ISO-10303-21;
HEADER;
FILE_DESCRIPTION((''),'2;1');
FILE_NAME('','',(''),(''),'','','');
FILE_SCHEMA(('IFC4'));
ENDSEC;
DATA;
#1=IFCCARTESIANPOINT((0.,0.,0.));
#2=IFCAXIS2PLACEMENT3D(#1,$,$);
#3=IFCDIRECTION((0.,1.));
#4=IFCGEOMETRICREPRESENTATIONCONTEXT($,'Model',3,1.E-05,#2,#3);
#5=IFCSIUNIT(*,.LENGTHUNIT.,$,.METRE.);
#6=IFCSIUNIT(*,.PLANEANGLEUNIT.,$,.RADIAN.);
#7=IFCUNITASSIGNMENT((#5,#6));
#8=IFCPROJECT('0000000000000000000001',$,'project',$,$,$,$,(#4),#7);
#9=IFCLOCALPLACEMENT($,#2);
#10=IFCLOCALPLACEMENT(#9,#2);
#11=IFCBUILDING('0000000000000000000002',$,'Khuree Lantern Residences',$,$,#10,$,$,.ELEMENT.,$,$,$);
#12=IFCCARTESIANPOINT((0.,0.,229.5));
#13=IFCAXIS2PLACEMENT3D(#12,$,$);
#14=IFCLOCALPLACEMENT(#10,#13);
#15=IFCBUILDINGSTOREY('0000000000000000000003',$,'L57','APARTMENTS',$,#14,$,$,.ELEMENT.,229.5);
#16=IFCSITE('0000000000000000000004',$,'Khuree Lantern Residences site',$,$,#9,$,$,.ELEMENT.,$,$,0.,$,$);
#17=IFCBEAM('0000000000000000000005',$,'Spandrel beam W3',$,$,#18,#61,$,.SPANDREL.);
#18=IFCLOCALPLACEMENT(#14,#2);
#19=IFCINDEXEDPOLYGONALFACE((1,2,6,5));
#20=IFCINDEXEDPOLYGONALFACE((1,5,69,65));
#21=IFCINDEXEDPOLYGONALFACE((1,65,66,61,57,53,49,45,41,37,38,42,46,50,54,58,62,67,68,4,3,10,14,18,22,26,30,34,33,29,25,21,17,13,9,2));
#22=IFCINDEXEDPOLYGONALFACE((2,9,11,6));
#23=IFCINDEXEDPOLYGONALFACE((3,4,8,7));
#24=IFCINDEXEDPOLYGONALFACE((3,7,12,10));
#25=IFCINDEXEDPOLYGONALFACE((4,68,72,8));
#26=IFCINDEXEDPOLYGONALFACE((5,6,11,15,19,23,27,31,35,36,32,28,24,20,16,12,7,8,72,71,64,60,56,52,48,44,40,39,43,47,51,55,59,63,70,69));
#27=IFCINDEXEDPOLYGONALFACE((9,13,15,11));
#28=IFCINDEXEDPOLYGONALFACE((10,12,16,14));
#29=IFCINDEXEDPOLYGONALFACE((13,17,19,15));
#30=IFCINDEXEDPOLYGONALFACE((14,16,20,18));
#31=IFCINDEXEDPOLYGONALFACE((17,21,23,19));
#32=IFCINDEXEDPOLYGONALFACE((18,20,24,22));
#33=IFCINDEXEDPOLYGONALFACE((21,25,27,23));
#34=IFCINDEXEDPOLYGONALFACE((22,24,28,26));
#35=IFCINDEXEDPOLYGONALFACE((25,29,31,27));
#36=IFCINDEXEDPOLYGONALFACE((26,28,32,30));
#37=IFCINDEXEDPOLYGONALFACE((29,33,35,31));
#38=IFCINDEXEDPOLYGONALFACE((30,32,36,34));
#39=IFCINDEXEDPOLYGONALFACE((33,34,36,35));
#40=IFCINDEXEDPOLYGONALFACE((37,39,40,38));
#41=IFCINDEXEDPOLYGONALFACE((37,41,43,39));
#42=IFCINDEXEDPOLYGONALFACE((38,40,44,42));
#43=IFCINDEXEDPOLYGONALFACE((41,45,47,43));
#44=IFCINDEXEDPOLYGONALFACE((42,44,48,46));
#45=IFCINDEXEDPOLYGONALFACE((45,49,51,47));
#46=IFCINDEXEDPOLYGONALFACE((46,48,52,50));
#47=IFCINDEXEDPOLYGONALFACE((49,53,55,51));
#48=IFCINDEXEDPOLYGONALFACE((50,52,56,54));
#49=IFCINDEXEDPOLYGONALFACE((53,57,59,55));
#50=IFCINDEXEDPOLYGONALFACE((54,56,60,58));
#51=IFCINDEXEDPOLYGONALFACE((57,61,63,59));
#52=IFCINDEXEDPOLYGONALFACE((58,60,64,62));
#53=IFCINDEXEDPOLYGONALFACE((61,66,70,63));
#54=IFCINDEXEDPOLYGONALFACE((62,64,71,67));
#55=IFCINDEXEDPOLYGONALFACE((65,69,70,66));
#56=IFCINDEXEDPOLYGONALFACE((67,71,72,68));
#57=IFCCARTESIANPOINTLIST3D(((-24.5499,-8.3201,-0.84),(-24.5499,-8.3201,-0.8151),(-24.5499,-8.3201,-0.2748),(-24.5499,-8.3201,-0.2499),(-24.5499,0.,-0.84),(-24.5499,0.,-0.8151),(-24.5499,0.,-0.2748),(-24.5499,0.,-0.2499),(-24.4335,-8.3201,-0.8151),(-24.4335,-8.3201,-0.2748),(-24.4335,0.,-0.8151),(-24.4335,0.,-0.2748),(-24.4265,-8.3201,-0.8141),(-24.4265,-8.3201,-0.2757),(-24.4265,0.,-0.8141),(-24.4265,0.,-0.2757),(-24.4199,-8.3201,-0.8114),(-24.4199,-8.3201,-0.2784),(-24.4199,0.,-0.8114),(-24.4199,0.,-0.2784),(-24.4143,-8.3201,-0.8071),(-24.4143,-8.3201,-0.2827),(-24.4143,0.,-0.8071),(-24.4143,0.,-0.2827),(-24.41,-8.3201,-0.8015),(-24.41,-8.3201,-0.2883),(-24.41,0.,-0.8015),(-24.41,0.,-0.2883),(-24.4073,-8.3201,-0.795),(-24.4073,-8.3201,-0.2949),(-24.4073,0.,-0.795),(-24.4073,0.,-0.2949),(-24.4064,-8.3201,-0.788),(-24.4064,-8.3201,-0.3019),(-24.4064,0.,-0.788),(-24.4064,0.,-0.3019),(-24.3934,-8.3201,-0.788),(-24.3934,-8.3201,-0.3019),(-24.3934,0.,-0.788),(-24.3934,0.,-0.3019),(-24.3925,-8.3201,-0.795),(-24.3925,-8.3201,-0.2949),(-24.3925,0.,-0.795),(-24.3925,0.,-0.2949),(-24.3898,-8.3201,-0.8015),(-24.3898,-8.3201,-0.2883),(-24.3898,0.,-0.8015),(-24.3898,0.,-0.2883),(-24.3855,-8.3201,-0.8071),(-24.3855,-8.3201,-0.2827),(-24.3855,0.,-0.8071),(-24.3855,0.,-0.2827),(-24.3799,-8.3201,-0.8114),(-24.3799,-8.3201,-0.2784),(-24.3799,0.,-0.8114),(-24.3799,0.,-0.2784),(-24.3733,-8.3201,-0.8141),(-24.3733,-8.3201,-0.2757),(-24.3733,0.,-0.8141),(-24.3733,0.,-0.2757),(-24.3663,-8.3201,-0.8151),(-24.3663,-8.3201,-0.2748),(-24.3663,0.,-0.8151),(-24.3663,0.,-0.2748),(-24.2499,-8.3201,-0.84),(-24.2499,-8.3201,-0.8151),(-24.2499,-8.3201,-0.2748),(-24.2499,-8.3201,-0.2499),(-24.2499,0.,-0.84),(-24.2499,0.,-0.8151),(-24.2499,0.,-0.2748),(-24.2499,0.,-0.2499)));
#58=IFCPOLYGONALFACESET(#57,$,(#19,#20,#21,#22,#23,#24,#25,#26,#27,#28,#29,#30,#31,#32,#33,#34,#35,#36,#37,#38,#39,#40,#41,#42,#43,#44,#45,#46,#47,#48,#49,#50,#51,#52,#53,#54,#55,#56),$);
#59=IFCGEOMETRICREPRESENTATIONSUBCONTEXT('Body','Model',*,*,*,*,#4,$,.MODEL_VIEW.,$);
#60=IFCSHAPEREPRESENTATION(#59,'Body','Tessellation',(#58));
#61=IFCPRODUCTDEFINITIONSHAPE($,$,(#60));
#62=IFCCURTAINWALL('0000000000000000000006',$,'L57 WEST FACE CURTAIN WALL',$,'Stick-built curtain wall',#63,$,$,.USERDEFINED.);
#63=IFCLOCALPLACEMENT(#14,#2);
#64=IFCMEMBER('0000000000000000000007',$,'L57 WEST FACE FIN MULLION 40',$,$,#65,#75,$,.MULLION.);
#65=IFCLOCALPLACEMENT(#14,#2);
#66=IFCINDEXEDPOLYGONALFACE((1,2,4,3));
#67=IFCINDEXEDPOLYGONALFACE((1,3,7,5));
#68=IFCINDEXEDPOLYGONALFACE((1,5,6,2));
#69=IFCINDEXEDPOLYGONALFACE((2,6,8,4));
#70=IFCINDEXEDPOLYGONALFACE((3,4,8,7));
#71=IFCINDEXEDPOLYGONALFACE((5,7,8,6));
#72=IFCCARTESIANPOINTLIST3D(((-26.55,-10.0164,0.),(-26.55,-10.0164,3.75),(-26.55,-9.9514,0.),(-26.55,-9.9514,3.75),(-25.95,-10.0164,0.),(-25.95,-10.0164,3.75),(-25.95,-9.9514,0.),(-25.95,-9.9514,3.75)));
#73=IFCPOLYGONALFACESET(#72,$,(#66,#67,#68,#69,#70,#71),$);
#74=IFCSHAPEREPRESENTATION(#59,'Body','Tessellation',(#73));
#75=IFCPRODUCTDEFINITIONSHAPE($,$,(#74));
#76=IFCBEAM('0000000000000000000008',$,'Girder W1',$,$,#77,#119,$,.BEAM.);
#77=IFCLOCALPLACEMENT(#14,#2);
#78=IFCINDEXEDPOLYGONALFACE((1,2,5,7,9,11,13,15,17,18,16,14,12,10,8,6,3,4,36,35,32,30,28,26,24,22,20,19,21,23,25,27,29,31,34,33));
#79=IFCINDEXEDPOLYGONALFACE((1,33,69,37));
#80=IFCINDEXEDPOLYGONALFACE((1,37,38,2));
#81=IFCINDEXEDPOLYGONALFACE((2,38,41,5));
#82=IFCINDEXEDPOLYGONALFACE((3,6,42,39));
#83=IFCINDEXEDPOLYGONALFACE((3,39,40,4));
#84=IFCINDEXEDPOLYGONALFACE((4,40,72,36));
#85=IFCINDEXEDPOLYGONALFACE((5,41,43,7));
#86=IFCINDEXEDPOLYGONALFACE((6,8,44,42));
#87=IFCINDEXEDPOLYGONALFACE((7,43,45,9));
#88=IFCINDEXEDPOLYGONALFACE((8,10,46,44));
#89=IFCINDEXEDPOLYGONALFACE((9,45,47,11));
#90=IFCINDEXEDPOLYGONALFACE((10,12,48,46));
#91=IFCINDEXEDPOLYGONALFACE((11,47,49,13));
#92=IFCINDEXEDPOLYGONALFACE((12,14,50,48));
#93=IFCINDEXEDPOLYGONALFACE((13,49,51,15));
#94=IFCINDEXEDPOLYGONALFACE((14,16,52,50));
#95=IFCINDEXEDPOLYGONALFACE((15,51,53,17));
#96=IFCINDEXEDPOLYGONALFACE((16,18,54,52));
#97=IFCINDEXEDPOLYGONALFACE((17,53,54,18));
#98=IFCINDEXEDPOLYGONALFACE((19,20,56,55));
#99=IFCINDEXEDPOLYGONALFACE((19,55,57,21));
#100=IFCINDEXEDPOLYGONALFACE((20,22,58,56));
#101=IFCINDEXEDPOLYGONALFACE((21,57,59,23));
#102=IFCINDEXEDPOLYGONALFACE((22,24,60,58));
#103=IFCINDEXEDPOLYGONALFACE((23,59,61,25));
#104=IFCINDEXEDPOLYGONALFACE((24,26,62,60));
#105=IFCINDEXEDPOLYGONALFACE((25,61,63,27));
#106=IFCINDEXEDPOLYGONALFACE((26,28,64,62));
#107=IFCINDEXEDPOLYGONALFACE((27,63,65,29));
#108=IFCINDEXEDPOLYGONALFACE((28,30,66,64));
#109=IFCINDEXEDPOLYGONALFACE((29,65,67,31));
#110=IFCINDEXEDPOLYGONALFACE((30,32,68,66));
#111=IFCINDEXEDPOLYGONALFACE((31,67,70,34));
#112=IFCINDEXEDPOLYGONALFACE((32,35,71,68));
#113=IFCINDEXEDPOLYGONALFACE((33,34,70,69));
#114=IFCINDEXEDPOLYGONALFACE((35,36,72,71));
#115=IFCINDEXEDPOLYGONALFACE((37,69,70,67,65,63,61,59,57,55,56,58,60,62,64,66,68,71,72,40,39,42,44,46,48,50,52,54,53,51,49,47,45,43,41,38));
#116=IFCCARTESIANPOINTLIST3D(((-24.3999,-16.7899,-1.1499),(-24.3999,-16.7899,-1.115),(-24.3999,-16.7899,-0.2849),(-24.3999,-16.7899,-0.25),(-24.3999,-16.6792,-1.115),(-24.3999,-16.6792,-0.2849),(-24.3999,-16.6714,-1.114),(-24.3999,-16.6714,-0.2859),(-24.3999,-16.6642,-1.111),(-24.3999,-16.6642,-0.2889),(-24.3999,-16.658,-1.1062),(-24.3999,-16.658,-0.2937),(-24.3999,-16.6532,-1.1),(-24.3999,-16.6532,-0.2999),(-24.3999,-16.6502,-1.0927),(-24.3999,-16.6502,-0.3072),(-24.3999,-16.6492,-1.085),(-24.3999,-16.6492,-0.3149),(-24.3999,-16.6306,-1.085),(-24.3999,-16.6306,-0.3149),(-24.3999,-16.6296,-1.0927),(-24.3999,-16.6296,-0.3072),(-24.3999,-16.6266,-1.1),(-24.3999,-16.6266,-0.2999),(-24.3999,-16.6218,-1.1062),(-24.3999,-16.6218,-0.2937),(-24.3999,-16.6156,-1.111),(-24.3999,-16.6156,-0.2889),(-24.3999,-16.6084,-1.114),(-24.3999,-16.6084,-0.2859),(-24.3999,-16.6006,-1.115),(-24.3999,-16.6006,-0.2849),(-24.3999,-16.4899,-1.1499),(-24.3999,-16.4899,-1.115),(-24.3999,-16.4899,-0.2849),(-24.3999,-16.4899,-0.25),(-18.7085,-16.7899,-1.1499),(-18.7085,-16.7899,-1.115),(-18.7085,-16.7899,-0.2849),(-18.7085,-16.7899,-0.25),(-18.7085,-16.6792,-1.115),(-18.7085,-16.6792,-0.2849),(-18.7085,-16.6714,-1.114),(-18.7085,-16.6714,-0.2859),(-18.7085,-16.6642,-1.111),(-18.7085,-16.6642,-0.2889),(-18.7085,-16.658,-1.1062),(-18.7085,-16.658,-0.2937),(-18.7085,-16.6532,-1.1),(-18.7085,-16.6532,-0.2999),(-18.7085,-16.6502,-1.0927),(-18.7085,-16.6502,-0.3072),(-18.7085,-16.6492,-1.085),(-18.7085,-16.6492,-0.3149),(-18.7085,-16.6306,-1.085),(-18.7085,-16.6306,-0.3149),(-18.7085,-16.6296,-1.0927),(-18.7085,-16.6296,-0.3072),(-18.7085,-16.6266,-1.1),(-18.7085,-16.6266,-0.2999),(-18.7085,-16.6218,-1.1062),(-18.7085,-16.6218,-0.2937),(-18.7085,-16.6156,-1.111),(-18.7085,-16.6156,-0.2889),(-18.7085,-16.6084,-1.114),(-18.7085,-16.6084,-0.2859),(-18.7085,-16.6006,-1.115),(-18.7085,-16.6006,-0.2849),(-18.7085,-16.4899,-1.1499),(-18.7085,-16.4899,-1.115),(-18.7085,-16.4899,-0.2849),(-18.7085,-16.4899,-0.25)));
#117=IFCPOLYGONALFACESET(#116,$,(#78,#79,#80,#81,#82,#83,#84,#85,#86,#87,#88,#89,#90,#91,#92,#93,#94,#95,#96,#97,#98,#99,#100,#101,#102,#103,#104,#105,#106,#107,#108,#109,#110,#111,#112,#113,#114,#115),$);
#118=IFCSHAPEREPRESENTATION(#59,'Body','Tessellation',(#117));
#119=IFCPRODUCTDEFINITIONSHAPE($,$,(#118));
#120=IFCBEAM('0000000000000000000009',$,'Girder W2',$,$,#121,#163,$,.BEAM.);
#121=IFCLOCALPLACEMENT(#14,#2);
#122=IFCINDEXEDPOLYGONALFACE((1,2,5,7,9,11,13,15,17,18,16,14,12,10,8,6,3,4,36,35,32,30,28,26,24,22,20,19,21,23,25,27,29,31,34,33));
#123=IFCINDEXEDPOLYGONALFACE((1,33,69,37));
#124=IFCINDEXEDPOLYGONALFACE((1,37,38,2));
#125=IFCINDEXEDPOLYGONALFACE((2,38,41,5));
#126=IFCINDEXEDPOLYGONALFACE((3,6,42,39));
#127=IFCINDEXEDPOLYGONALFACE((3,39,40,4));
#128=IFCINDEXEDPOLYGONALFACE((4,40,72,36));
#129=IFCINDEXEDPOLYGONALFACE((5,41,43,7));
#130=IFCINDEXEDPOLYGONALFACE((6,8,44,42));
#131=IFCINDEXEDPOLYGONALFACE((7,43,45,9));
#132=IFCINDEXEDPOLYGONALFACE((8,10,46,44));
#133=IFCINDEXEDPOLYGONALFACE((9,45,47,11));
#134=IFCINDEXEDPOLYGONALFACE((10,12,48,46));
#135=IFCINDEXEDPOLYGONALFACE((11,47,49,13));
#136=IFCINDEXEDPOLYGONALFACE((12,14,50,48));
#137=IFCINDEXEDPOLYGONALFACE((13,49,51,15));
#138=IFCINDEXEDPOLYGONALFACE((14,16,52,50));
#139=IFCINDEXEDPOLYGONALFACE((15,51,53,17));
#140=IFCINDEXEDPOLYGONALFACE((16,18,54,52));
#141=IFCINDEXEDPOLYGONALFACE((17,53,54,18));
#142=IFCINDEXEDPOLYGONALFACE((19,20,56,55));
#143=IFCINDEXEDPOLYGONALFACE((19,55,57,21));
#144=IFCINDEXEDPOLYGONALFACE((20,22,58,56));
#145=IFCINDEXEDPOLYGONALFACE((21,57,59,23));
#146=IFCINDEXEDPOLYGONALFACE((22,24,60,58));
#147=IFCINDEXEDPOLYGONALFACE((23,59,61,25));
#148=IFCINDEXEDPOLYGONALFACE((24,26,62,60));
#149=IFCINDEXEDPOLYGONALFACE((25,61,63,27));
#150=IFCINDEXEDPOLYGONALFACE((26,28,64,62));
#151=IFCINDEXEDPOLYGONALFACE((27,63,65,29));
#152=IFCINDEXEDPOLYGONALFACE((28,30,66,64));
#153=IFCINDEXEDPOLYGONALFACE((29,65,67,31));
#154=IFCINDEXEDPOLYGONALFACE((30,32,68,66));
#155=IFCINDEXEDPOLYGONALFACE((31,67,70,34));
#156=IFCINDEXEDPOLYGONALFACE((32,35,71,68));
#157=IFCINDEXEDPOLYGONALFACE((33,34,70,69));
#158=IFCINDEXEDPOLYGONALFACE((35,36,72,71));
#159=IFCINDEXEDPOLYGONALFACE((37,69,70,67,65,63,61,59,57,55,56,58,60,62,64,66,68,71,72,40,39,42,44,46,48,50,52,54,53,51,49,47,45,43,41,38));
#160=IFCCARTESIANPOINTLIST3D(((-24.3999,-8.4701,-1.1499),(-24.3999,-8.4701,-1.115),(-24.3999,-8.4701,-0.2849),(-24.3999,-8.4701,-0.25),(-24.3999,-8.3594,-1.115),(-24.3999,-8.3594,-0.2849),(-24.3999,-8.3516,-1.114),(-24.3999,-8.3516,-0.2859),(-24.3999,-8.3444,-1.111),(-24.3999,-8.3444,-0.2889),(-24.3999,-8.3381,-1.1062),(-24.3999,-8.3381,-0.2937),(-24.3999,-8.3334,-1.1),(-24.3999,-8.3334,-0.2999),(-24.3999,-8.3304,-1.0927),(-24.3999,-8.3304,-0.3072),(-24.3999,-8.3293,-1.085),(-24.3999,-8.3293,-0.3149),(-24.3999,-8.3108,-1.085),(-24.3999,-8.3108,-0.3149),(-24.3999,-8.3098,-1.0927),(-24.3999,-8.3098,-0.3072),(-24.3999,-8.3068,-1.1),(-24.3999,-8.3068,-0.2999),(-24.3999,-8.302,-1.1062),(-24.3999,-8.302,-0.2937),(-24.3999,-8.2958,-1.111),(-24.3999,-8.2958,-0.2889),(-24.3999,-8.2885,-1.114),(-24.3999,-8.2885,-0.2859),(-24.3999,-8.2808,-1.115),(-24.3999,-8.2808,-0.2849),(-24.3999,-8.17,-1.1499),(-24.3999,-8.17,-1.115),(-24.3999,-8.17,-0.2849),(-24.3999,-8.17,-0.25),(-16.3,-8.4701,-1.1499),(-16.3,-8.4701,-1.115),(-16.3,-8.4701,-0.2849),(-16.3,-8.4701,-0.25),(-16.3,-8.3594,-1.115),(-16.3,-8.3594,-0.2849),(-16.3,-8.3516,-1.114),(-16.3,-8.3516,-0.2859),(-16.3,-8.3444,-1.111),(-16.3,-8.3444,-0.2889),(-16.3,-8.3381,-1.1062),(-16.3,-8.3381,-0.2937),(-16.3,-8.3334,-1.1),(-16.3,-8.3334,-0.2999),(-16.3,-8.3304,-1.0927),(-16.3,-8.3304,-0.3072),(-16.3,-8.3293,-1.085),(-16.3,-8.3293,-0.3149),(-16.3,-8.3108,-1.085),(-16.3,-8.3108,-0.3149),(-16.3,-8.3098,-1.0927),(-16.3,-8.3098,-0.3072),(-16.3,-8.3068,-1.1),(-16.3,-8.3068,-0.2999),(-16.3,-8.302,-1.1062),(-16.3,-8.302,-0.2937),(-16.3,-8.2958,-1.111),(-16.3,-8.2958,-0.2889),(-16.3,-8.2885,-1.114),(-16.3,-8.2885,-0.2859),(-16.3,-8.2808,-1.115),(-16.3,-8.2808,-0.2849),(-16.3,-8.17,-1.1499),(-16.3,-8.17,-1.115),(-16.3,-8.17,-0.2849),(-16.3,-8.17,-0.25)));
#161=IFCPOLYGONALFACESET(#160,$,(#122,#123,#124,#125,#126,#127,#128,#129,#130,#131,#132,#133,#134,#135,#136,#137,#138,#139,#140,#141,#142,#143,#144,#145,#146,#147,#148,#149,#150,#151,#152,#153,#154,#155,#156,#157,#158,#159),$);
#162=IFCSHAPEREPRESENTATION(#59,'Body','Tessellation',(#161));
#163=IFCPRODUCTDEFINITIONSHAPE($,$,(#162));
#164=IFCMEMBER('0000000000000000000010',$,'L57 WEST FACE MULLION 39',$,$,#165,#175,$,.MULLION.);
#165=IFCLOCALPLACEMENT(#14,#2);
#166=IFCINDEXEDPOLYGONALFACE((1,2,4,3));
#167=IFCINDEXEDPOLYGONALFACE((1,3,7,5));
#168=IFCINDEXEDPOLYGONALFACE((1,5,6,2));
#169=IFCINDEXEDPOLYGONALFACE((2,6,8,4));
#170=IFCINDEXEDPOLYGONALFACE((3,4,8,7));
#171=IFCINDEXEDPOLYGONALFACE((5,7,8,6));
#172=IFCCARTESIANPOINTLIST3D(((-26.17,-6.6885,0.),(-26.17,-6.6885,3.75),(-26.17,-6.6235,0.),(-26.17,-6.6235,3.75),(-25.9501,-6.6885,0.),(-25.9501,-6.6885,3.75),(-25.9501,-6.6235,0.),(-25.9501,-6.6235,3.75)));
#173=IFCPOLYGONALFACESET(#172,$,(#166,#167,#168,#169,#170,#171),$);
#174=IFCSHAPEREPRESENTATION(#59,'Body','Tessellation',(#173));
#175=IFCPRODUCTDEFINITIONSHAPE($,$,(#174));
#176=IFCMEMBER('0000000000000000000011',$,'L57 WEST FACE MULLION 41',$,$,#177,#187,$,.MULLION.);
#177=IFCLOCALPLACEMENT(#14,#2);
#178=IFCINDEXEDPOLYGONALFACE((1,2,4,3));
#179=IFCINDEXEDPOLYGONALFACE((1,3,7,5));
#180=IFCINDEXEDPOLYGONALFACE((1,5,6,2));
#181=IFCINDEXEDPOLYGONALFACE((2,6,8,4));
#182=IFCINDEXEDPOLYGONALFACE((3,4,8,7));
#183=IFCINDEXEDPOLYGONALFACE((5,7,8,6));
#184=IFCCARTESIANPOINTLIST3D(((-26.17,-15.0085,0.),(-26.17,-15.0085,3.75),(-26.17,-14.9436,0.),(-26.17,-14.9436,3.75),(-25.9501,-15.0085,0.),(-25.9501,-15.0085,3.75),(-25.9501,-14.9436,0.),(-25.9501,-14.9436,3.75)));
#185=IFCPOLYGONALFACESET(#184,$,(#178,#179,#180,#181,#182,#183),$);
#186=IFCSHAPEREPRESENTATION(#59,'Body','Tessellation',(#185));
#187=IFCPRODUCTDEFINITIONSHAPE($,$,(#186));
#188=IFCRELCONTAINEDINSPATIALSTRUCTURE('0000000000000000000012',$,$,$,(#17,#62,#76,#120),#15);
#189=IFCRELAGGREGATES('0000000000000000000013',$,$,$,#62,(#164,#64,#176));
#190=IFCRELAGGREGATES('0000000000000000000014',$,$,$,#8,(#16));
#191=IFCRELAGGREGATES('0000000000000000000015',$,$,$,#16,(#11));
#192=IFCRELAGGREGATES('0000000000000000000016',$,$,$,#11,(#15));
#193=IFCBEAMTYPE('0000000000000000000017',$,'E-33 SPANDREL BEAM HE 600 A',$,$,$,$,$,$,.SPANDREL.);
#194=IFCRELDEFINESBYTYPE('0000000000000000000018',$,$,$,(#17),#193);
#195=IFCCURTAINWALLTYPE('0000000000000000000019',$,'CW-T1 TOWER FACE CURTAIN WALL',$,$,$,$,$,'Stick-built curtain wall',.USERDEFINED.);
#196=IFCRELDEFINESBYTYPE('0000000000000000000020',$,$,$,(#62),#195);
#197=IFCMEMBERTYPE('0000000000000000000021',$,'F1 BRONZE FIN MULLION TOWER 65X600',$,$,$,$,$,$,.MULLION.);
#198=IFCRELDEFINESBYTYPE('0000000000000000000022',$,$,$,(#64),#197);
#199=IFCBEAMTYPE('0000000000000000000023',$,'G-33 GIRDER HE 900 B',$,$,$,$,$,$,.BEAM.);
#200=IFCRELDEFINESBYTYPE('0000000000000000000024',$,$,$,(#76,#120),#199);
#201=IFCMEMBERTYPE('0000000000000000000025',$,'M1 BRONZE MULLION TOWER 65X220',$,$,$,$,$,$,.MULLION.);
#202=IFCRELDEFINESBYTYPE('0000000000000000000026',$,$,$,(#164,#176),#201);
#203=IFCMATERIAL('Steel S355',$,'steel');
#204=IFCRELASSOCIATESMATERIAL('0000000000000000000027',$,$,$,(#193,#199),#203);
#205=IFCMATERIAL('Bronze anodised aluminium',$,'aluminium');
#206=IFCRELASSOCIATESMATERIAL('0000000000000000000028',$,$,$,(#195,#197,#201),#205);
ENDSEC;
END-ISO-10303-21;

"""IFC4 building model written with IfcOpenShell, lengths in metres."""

from ifc_helpers import new_model, si_unit, direction, frame, origin, origin_2d, place, context, subcontext, project, spatial, rectangle, i_section, extrude, material, material_profile, profile_set, type_object, element, aggregate, save


model = new_model("IFC4")

# Units and contexts
model_context = context("Model", 3, precision=1e-05, world=origin(), true_north=direction((0.0, 1.0)))
body_context = subcontext(model_context, "Body", "Model", "MODEL_VIEW")
ifc_project = project(units=[si_unit("LENGTHUNIT", "METRE"), si_unit("PLANEANGLEUNIT", "RADIAN")], contexts=[model_context])

# Site, building, storey
site_placement = place(None, origin())
site = spatial("IfcSite", under=ifc_project, at=site_placement, Name="Khuree Lantern Residences site", CompositionType="ELEMENT", RefElevation=0.0)
building_placement = place(site_placement, origin())
building = spatial("IfcBuilding", under=site, at=building_placement, Name="Khuree Lantern Residences", CompositionType="ELEMENT")
storey_placement = place(building_placement, frame((0.0, 0.0, 229.5)))
storey = spatial("IfcBuildingStorey", under=building, at=storey_placement, Name="L57", Description="APARTMENTS", CompositionType="ELEMENT", Elevation=229.5)

# Beam
ifc_material_1 = material(Name="Steel S355", Category="steel")
ifc_material_profile_1 = material_profile(ifc_material_1, i_section(OverallWidth=0.3, OverallDepth=0.5901, WebThickness=0.0129, FlangeThickness=0.0249, FilletRadius=0.0271, at=origin_2d()), Name="HE 600 A")
ifc_profile_set_1 = profile_set([ifc_material_profile_1], Name="Steel S355")
beam_type_1 = type_object("IfcBeamType", Name="E-33 SPANDREL BEAM HE 600 A", PredefinedType="SPANDREL", material=ifc_profile_set_1)
beam_1_placement = place(storey_placement, frame((-24.3999, -8.3201, -0.5449), z_axis=(0.0, 1.0, 0.0), x_axis=(-1.0, 0.0, 0.0)))
element("IfcBeam", 1, at=beam_1_placement, inside=storey, type_object=beam_type_1, Name="Spandrel beam W3", PredefinedType="SPANDREL", context=body_context, shape_type="SweptSolid", body=[
    extrude(i_section(OverallWidth=0.3, OverallDepth=0.5901, WebThickness=0.0129, FlangeThickness=0.0249, FilletRadius=0.0271, at=origin_2d()), origin(), (0.0, 0.0, 1.0), 8.3201),
])

# Curtain wall, member
ifc_material_2 = material(Name="Bronze anodised aluminium", Category="aluminium")
curtain_wall_type = type_object("IfcCurtainWallType", Name="CW-T1 TOWER FACE CURTAIN WALL", ElementType="Stick-built curtain wall", PredefinedType="USERDEFINED", material=ifc_material_2)
curtain_wall_placement = place(storey_placement, origin())
curtain_wall = element("IfcCurtainWall", 2, at=curtain_wall_placement, inside=storey, type_object=curtain_wall_type, Name="L57 WEST FACE CURTAIN WALL", ObjectType="Stick-built curtain wall", PredefinedType="USERDEFINED")
ifc_material_profile_2 = material_profile(ifc_material_2, rectangle(XDim=0.0649, YDim=0.6001, at=origin_2d()), Name="F1 65X600")
ifc_profile_set_2 = profile_set([ifc_material_profile_2], Name="Bronze anodised aluminium")
member_type_1 = type_object("IfcMemberType", Name="F1 BRONZE FIN MULLION TOWER 65X600", PredefinedType="MULLION", material=ifc_profile_set_2)
member_1_placement = place(storey_placement, frame((-26.25, -9.9839, 0.0), z_axis=(0.0, 0.0, 1.0), x_axis=(0.0, -1.0, 0.0)))
member_1 = element("IfcMember", 3, at=member_1_placement, type_object=member_type_1, Name="L57 WEST FACE FIN MULLION 40", PredefinedType="MULLION", context=body_context, shape_type="SweptSolid", body=[
    extrude(rectangle(XDim=0.0649, YDim=0.6001, at=origin_2d()), origin(), (0.0, 0.0, 1.0), 3.75),
])

# Beams
ifc_material_profile_3 = material_profile(ifc_material_1, i_section(OverallWidth=0.3, OverallDepth=0.8999, WebThickness=0.0186, FlangeThickness=0.0349, FilletRadius=0.03, at=origin_2d()), Name="HE 900 B")
ifc_profile_set_3 = profile_set([ifc_material_profile_3], Name="Steel S355")
beam_type_2 = type_object("IfcBeamType", Name="G-33 GIRDER HE 900 B", PredefinedType="BEAM", material=ifc_profile_set_3)
beam_2_placement = place(storey_placement, frame((-24.3999, -16.6399, -0.7), z_axis=(1.0, 0.0, 0.0), x_axis=(0.0, 1.0, 0.0)))
element("IfcBeam", 4, at=beam_2_placement, inside=storey, type_object=beam_type_2, Name="Girder W1", PredefinedType="BEAM", context=body_context, shape_type="SweptSolid", body=[
    extrude(i_section(OverallWidth=0.3, OverallDepth=0.8999, WebThickness=0.0186, FlangeThickness=0.0349, FilletRadius=0.03, at=origin_2d()), origin(), (0.0, 0.0, 1.0), 5.6914),
])
beam_3_placement = place(storey_placement, frame((-24.3999, -8.3201, -0.7), z_axis=(1.0, 0.0, 0.0), x_axis=(0.0, 1.0, 0.0)))
element("IfcBeam", 5, at=beam_3_placement, inside=storey, type_object=beam_type_2, Name="Girder W2", PredefinedType="BEAM", context=body_context, shape_type="SweptSolid", body=[
    extrude(i_section(OverallWidth=0.3, OverallDepth=0.8999, WebThickness=0.0186, FlangeThickness=0.0349, FilletRadius=0.03, at=origin_2d()), origin(), (0.0, 0.0, 1.0), 8.0999),
])

# Members
ifc_material_profile_4 = material_profile(ifc_material_2, rectangle(XDim=0.0649, YDim=0.22, at=origin_2d()), Name="M1 65X220")
ifc_profile_set_4 = profile_set([ifc_material_profile_4], Name="Bronze anodised aluminium")
member_type_2 = type_object("IfcMemberType", Name="M1 BRONZE MULLION TOWER 65X220", PredefinedType="MULLION", material=ifc_profile_set_4)
member_2_placement = place(storey_placement, frame((-26.0601, -6.656, 0.0), z_axis=(0.0, 0.0, 1.0), x_axis=(0.0, -1.0, 0.0)))
member_2 = element("IfcMember", 6, at=member_2_placement, type_object=member_type_2, Name="L57 WEST FACE MULLION 39", PredefinedType="MULLION", context=body_context, shape_type="SweptSolid", body=[
    extrude(rectangle(XDim=0.0649, YDim=0.22, at=origin_2d()), origin(), (0.0, 0.0, 1.0), 3.75),
])
member_3_placement = place(storey_placement, frame((-26.0601, -14.9761, 0.0), z_axis=(0.0, 0.0, 1.0), x_axis=(0.0, -1.0, 0.0)))
member_3 = element("IfcMember", 7, at=member_3_placement, type_object=member_type_2, Name="L57 WEST FACE MULLION 41", PredefinedType="MULLION", context=body_context, shape_type="SweptSolid", body=[
    extrude(rectangle(XDim=0.0649, YDim=0.22, at=origin_2d()), origin(), (0.0, 0.0, 1.0), 3.75),
])

aggregate(curtain_wall, [member_2, member_1, member_3])

save(model, "model.ifc")
